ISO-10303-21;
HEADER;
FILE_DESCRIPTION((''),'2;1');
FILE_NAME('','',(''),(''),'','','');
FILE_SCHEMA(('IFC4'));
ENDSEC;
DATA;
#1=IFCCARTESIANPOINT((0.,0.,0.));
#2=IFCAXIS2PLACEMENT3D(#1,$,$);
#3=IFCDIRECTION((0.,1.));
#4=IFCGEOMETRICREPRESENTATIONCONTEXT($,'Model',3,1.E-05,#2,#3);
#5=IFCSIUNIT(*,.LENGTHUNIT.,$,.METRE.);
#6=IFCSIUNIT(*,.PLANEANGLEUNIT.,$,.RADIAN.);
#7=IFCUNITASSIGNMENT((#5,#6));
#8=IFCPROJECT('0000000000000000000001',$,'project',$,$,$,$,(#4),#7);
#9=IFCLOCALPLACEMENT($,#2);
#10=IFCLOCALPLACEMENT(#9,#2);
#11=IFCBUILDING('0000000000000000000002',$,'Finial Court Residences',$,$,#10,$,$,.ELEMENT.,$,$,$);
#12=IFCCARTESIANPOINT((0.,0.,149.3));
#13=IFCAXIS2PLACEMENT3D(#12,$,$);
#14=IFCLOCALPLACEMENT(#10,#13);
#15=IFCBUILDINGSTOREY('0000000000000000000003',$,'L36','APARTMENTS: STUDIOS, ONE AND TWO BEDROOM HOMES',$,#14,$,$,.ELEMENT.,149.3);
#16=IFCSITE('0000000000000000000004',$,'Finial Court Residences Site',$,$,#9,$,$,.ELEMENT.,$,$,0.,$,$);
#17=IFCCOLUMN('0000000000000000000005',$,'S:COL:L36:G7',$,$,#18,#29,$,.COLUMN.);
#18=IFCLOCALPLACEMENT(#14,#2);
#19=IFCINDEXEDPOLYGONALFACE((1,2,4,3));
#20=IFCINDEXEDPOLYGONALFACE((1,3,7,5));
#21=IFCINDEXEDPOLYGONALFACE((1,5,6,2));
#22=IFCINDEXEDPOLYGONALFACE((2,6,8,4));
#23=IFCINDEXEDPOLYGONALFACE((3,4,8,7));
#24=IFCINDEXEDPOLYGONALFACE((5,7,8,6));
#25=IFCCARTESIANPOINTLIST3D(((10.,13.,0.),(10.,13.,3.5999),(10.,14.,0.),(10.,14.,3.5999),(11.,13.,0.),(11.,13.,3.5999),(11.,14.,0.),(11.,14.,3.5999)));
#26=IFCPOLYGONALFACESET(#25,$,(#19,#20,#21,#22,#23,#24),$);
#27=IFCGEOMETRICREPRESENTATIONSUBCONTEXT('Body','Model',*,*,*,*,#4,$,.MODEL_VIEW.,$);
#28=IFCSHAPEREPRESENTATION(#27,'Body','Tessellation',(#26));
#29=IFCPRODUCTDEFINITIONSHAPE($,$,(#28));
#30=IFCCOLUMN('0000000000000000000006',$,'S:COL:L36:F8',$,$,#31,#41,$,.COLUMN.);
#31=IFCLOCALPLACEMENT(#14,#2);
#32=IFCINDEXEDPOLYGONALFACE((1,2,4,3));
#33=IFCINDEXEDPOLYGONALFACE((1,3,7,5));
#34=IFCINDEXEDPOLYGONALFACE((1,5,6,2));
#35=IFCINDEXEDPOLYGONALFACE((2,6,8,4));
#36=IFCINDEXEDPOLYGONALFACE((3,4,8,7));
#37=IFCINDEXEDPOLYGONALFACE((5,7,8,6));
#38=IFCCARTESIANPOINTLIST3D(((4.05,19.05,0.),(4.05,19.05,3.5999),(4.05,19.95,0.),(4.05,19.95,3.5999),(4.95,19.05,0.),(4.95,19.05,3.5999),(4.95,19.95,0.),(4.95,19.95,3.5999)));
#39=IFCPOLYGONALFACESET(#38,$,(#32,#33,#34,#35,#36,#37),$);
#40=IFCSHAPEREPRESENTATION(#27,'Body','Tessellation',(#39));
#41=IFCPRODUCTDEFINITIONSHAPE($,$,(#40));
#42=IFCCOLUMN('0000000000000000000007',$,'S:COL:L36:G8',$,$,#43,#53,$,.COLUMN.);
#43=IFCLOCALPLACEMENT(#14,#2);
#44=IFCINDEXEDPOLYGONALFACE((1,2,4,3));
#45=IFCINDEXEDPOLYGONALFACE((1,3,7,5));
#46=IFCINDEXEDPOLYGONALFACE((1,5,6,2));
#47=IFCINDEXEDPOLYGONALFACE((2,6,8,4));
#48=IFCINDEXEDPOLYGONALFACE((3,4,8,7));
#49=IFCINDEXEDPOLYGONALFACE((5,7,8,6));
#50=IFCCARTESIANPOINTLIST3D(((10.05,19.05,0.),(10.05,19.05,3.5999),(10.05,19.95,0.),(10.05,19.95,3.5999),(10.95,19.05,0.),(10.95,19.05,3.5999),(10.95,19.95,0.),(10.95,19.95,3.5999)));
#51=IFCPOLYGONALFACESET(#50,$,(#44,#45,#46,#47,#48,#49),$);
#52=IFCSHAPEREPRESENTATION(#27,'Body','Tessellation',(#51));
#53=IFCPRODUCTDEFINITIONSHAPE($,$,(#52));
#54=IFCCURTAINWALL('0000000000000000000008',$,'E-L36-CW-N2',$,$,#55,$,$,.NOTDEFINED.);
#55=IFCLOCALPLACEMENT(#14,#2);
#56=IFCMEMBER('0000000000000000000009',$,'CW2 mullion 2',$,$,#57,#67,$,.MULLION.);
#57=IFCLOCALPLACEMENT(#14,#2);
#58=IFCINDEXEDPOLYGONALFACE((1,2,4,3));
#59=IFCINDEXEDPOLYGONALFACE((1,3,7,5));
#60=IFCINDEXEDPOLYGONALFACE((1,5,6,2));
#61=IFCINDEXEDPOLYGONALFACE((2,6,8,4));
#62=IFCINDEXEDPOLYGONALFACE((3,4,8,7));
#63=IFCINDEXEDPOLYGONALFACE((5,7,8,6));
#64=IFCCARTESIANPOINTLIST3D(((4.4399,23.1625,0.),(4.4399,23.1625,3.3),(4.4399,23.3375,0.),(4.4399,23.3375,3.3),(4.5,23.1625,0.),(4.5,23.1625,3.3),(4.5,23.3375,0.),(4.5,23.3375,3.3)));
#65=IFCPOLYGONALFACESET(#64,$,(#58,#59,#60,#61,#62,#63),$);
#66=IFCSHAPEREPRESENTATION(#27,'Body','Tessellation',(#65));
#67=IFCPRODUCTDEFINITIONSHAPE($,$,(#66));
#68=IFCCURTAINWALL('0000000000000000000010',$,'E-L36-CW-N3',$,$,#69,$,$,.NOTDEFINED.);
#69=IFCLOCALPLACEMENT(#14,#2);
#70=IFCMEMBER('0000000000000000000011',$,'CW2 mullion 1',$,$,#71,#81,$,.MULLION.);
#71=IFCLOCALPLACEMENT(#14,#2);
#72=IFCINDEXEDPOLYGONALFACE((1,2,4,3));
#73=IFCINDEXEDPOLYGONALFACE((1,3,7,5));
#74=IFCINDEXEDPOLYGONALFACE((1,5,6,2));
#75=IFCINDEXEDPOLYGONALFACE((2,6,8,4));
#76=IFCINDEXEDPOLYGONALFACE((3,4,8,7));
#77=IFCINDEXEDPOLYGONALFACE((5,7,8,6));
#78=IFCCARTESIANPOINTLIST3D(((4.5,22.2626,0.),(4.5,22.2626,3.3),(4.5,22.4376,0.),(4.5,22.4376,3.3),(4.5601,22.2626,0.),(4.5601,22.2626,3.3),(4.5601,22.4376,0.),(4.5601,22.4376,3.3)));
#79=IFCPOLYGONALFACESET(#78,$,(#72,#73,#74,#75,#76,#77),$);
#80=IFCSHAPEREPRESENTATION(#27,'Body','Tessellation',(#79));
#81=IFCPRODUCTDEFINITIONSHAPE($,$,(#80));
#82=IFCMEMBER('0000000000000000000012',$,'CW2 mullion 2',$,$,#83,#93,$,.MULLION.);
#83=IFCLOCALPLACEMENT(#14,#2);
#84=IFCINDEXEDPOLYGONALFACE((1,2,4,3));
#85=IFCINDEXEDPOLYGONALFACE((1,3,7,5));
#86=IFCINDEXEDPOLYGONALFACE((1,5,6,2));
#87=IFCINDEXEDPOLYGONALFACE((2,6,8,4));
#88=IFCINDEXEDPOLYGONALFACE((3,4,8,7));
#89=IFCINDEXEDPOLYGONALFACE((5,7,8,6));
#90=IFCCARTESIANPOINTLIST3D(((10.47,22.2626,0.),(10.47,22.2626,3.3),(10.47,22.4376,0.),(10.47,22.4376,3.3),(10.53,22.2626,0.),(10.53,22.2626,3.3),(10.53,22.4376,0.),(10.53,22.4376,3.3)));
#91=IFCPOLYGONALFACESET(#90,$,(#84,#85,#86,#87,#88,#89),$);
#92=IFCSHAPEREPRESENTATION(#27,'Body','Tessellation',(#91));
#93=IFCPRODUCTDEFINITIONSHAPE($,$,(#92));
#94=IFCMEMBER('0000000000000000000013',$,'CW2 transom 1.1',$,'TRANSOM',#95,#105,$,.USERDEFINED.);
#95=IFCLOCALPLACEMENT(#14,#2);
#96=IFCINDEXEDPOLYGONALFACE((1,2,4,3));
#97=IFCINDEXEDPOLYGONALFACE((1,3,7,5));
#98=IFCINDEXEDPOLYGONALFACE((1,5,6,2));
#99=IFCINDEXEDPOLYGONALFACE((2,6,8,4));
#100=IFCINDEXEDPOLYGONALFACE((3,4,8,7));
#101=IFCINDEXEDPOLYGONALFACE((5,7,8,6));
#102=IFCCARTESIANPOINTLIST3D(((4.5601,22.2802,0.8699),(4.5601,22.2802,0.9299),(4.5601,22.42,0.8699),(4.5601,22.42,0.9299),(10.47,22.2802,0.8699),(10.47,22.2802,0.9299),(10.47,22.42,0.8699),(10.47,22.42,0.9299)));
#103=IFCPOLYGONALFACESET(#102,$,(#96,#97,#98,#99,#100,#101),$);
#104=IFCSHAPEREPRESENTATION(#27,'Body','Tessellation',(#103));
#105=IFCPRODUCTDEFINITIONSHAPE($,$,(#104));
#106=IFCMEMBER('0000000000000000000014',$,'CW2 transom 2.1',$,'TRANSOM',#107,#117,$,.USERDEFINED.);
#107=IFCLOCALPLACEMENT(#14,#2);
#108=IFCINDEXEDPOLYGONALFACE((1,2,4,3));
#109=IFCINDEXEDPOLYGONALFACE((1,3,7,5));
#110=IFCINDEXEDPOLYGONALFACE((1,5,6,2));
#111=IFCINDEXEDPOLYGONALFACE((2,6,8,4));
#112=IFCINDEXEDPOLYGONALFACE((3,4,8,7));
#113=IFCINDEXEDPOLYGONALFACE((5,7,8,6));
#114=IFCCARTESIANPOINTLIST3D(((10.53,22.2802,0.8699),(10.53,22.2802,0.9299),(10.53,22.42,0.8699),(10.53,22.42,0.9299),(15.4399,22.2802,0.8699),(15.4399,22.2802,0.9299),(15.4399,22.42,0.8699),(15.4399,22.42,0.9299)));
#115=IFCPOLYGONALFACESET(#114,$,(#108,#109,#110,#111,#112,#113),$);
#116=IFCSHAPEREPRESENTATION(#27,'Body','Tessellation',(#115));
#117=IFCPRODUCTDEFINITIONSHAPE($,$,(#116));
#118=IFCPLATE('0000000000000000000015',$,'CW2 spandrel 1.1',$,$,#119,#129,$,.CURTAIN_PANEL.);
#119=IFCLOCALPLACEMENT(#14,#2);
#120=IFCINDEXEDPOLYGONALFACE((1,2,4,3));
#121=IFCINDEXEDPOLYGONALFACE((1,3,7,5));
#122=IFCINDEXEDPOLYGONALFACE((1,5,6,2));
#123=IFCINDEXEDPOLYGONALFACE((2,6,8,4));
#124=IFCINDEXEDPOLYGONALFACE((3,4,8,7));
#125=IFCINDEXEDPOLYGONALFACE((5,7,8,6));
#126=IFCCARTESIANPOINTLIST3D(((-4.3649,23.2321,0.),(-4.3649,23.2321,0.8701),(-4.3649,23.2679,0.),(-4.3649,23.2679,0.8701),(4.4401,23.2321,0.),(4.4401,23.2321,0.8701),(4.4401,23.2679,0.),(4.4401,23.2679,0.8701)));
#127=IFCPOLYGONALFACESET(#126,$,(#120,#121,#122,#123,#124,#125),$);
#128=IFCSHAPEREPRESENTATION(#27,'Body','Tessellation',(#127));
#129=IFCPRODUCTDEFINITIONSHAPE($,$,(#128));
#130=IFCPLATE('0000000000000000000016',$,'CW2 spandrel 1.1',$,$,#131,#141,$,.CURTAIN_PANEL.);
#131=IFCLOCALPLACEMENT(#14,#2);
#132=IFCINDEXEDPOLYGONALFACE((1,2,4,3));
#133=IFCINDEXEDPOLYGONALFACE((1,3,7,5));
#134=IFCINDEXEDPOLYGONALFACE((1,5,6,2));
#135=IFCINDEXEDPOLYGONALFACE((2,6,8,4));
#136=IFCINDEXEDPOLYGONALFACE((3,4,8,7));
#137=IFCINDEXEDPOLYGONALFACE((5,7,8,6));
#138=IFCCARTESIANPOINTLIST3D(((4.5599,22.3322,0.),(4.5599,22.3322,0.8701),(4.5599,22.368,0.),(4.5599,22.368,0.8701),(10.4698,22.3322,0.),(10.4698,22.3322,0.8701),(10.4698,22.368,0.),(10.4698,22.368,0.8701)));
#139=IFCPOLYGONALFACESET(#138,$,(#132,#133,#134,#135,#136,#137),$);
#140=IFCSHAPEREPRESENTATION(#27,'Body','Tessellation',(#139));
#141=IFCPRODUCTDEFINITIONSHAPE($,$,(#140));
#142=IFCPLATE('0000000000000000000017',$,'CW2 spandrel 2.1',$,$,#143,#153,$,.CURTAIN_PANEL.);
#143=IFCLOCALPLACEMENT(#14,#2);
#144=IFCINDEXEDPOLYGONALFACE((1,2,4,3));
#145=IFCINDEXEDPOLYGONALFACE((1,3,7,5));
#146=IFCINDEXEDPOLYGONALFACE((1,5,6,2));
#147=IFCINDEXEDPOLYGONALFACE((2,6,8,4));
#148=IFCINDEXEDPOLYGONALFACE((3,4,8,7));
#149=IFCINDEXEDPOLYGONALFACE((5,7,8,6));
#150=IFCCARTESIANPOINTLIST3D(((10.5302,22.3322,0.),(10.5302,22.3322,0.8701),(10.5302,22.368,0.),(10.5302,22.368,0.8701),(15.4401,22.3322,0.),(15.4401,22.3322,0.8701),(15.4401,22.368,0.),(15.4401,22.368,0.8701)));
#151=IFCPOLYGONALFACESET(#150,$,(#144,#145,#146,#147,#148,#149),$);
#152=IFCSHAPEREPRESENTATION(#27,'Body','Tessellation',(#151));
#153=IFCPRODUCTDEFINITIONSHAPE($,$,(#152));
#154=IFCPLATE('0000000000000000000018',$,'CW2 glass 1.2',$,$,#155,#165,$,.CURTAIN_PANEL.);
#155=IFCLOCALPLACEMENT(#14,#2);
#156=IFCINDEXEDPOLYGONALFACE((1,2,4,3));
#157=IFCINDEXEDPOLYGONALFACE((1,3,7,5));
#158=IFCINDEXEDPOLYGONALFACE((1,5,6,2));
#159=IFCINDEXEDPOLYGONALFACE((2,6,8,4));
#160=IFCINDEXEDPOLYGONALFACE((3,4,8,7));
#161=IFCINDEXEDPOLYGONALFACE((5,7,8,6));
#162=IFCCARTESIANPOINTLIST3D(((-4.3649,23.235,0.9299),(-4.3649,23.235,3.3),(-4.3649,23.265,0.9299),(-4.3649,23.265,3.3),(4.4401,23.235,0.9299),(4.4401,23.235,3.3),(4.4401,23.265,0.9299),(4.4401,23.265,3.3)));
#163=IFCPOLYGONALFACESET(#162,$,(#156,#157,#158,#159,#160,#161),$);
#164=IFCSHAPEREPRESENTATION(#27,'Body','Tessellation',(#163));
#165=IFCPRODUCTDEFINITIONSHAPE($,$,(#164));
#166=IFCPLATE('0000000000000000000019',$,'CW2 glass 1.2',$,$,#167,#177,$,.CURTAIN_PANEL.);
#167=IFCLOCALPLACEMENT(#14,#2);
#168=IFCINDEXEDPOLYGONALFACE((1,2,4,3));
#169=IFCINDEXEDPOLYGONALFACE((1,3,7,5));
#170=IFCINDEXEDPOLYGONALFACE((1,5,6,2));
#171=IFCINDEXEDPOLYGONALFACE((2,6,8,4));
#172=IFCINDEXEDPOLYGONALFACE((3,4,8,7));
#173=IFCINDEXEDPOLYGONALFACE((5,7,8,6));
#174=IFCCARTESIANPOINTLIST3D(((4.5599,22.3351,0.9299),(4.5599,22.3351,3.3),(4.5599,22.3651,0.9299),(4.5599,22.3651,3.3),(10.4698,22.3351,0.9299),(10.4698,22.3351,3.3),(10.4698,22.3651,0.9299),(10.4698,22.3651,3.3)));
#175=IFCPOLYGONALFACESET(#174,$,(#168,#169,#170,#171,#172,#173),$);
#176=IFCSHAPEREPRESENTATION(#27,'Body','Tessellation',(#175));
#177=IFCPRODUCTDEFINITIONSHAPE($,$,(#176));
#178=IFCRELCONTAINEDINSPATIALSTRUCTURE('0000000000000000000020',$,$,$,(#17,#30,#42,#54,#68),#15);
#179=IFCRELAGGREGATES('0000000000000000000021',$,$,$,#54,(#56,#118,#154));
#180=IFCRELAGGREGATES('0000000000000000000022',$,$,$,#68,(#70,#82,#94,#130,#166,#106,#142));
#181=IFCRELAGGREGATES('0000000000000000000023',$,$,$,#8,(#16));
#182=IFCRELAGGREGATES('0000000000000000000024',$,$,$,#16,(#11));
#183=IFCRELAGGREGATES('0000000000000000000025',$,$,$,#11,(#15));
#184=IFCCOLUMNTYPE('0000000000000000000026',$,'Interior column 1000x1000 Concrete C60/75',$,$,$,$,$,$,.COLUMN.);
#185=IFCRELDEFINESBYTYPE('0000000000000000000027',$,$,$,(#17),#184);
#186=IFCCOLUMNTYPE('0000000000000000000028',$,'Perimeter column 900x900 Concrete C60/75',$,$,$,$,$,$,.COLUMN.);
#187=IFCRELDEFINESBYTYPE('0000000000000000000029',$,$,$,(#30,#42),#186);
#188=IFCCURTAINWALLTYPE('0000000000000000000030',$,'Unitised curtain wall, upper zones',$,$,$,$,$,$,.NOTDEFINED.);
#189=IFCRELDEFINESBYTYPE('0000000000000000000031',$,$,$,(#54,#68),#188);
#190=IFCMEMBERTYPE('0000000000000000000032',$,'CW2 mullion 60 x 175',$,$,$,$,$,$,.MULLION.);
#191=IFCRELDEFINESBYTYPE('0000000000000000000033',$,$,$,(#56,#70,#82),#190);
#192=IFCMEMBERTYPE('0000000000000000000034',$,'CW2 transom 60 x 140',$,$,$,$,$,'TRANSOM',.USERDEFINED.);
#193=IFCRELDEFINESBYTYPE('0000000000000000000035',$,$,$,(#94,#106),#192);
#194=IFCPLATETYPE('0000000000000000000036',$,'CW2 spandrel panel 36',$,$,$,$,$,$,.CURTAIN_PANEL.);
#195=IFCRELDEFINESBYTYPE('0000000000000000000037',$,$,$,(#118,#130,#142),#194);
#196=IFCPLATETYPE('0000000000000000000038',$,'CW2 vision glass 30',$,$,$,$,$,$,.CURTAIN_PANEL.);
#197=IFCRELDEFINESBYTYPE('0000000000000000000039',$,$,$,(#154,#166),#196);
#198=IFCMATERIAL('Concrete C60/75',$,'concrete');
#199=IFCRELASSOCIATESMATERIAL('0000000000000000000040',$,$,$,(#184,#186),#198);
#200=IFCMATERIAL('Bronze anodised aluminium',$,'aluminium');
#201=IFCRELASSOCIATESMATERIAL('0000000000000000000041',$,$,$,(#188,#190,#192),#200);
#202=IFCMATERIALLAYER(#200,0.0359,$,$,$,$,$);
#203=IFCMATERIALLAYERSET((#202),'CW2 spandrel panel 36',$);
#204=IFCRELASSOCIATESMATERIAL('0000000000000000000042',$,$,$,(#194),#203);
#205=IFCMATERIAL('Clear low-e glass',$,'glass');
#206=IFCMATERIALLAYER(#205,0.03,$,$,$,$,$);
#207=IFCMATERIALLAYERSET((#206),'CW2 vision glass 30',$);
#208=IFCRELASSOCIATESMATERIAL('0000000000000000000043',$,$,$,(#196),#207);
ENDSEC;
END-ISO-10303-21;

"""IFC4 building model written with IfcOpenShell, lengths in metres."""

from ifc_helpers import new_model, si_unit, direction, frame, origin, origin_2d, place, context, subcontext, project, spatial, rectangle, extrude, material, layer, layer_set, material_profile, profile_set, type_object, element, aggregate, save


model = new_model("IFC4")

# Units and contexts
model_context = context("Model", 3, precision=1e-05, world=origin(), true_north=direction((0.0, 1.0)))
body_context = subcontext(model_context, "Body", "Model", "MODEL_VIEW")
ifc_project = project(units=[si_unit("LENGTHUNIT", "METRE"), si_unit("PLANEANGLEUNIT", "RADIAN")], contexts=[model_context])

# Site, building, storey
site_placement = place(None, origin())
site = spatial("IfcSite", under=ifc_project, at=site_placement, Name="Finial Court Residences Site", CompositionType="ELEMENT", RefElevation=0.0)
building_placement = place(site_placement, origin())
building = spatial("IfcBuilding", under=site, at=building_placement, Name="Finial Court Residences", CompositionType="ELEMENT")
storey_placement = place(building_placement, frame((0.0, 0.0, 149.3)))
storey = spatial("IfcBuildingStorey", under=building, at=storey_placement, Name="L36", Description="APARTMENTS: STUDIOS, ONE AND TWO BEDROOM HOMES", CompositionType="ELEMENT", Elevation=149.3)

# Columns
ifc_material_1 = material(Name="Concrete C60/75", Category="concrete")
ifc_material_profile_1 = material_profile(ifc_material_1, rectangle(XDim=1.0, YDim=1.0, at=origin_2d()), Name="1000x1000")
ifc_profile_set_1 = profile_set([ifc_material_profile_1], Name="Concrete C60/75")
column_type_1 = type_object("IfcColumnType", Name="Interior column 1000x1000 Concrete C60/75", PredefinedType="COLUMN", material=ifc_profile_set_1)
column_placement = place(storey_placement, frame((10.5, 13.5, 0.0), z_axis=(0.0, 0.0, 1.0), x_axis=(1.0, 0.0, 0.0)))
element("IfcColumn", 1, at=column_placement, inside=storey, type_object=column_type_1, Name="S:COL:L36:G7", PredefinedType="COLUMN", context=body_context, shape_type="SweptSolid", body=[
    extrude(rectangle(XDim=1.0, YDim=1.0, at=origin_2d()), origin(), (0.0, 0.0, 1.0), 3.5999),
])
ifc_material_profile_2 = material_profile(ifc_material_1, rectangle(XDim=0.8999, YDim=0.8999, at=origin_2d()), Name="900x900")
ifc_profile_set_2 = profile_set([ifc_material_profile_2], Name="Concrete C60/75")
column_type_2 = type_object("IfcColumnType", Name="Perimeter column 900x900 Concrete C60/75", PredefinedType="COLUMN", material=ifc_profile_set_2)
for number, where, z_axis, x_axis, name in (
    (2, (4.5, 19.5, 0.0), (0.0, 0.0, 1.0), (1.0, 0.0, 0.0), "S:COL:L36:F8"),
    (3, (10.5, 19.5, 0.0), (0.0, 0.0, 1.0), (1.0, 0.0, 0.0), "S:COL:L36:G8"),
):
    element("IfcColumn", number, at=place(storey_placement, frame(where, z_axis=z_axis, x_axis=x_axis)), inside=storey, type_object=column_type_2, Name=name, PredefinedType="COLUMN", context=body_context, shape_type="SweptSolid", body=[
        extrude(rectangle(XDim=0.8999, YDim=0.8999, at=origin_2d()), origin(), (0.0, 0.0, 1.0), 3.5999),
    ])

# Curtain wall, member
ifc_material_2 = material(Name="Bronze anodised aluminium", Category="aluminium")
curtain_wall_type = type_object("IfcCurtainWallType", Name="Unitised curtain wall, upper zones", PredefinedType="NOTDEFINED", material=ifc_material_2)
curtain_wall_1_placement = place(storey_placement, origin())
curtain_wall_1 = element("IfcCurtainWall", 4, at=curtain_wall_1_placement, inside=storey, type_object=curtain_wall_type, Name="E-L36-CW-N2", PredefinedType="NOTDEFINED")
ifc_material_profile_3 = material_profile(ifc_material_2, rectangle(XDim=0.175, YDim=0.0601, at=origin_2d()), Name="CW2 mullion 60 x 175")
ifc_profile_set_3 = profile_set([ifc_material_profile_3], Name="Bronze anodised aluminium")
member_type_1 = type_object("IfcMemberType", Name="CW2 mullion 60 x 175", PredefinedType="MULLION", material=ifc_profile_set_3)
member_1_placement = place(storey_placement, frame((4.47, 23.25, 0.0), z_axis=(0.0, 0.0, 1.0), x_axis=(0.0, 1.0, 0.0)))
member_1 = element("IfcMember", 5, at=member_1_placement, type_object=member_type_1, Name="CW2 mullion 2", PredefinedType="MULLION", context=body_context, shape_type="SweptSolid", body=[
    extrude(rectangle(XDim=0.175, YDim=0.0601, at=origin_2d()), origin(), (0.0, 0.0, 1.0), 3.3),
])

# Curtain wall, members
curtain_wall_2_placement = place(storey_placement, origin())
curtain_wall_2 = element("IfcCurtainWall", 6, at=curtain_wall_2_placement, inside=storey, type_object=curtain_wall_type, Name="E-L36-CW-N3", PredefinedType="NOTDEFINED")
member_2_placement = place(storey_placement, frame((4.53, 22.3501, 0.0), z_axis=(0.0, 0.0, 1.0), x_axis=(0.0, 1.0, 0.0)))
member_2 = element("IfcMember", 7, at=member_2_placement, type_object=member_type_1, Name="CW2 mullion 1", PredefinedType="MULLION", context=body_context, shape_type="SweptSolid", body=[
    extrude(rectangle(XDim=0.175, YDim=0.0601, at=origin_2d()), origin(), (0.0, 0.0, 1.0), 3.3),
])
member_3_placement = place(storey_placement, frame((10.5, 22.3501, 0.0), z_axis=(0.0, 0.0, 1.0), x_axis=(0.0, 1.0, 0.0)))
member_3 = element("IfcMember", 8, at=member_3_placement, type_object=member_type_1, Name="CW2 mullion 2", PredefinedType="MULLION", context=body_context, shape_type="SweptSolid", body=[
    extrude(rectangle(XDim=0.175, YDim=0.0601, at=origin_2d()), origin(), (0.0, 0.0, 1.0), 3.3),
])
ifc_material_profile_4 = material_profile(ifc_material_2, rectangle(XDim=0.1399, YDim=0.0601, at=origin_2d()), Name="CW2 transom 60 x 140")
ifc_profile_set_4 = profile_set([ifc_material_profile_4], Name="Bronze anodised aluminium")
member_type_2 = type_object("IfcMemberType", Name="CW2 transom 60 x 140", ElementType="TRANSOM", PredefinedType="USERDEFINED", material=ifc_profile_set_4)
member_4_placement = place(storey_placement, frame((4.5601, 22.3501, 0.8999), z_axis=(1.0, 0.0, 0.0), x_axis=(0.0, 1.0, 0.0)))
member_4 = element("IfcMember", 9, at=member_4_placement, type_object=member_type_2, Name="CW2 transom 1.1", ObjectType="TRANSOM", PredefinedType="USERDEFINED", context=body_context, shape_type="SweptSolid", body=[
    extrude(rectangle(XDim=0.1399, YDim=0.0601, at=origin_2d()), origin(), (0.0, 0.0, 1.0), 5.9099),
])
member_5_placement = place(storey_placement, frame((10.53, 22.3501, 0.8999), z_axis=(1.0, 0.0, 0.0), x_axis=(0.0, 1.0, 0.0)))
member_5 = element("IfcMember", 10, at=member_5_placement, type_object=member_type_2, Name="CW2 transom 2.1", ObjectType="TRANSOM", PredefinedType="USERDEFINED", context=body_context, shape_type="SweptSolid", body=[
    extrude(rectangle(XDim=0.1399, YDim=0.0601, at=origin_2d()), origin(), (0.0, 0.0, 1.0), 4.9099),
])

# Plates
ifc_layer_1 = layer(ifc_material_2, 0.0359)
ifc_layer_set_1 = layer_set([ifc_layer_1], Name="CW2 spandrel panel 36")
plate_type_1 = type_object("IfcPlateType", Name="CW2 spandrel panel 36", PredefinedType="CURTAIN_PANEL", material=ifc_layer_set_1)
plate_1_placement = place(storey_placement, frame((0.0376, 23.25, 0.0), z_axis=(0.0, 0.0, 1.0), x_axis=(1.0, 0.0, 0.0)))
plate_1 = element("IfcPlate", 11, at=plate_1_placement, type_object=plate_type_1, Name="CW2 spandrel 1.1", PredefinedType="CURTAIN_PANEL", context=body_context, shape_type="SweptSolid", body=[
    extrude(rectangle(XDim=8.8049, YDim=0.0359, at=origin_2d()), origin(), (0.0, 0.0, 1.0), 0.8701),
])
plate_2_placement = place(storey_placement, frame((7.5149, 22.3501, 0.0), z_axis=(0.0, 0.0, 1.0), x_axis=(1.0, 0.0, 0.0)))
plate_2 = element("IfcPlate", 12, at=plate_2_placement, type_object=plate_type_1, Name="CW2 spandrel 1.1", PredefinedType="CURTAIN_PANEL", context=body_context, shape_type="SweptSolid", body=[
    extrude(rectangle(XDim=5.9099, YDim=0.0359, at=origin_2d()), origin(), (0.0, 0.0, 1.0), 0.8701),
])
plate_3_placement = place(storey_placement, frame((12.9851, 22.3501, 0.0), z_axis=(0.0, 0.0, 1.0), x_axis=(1.0, 0.0, 0.0)))
plate_3 = element("IfcPlate", 13, at=plate_3_placement, type_object=plate_type_1, Name="CW2 spandrel 2.1", PredefinedType="CURTAIN_PANEL", context=body_context, shape_type="SweptSolid", body=[
    extrude(rectangle(XDim=4.9099, YDim=0.0359, at=origin_2d()), origin(), (0.0, 0.0, 1.0), 0.8701),
])
ifc_material_3 = material(Name="Clear low-e glass", Category="glass")
ifc_layer_2 = layer(ifc_material_3, 0.03)
ifc_layer_set_2 = layer_set([ifc_layer_2], Name="CW2 vision glass 30")
plate_type_2 = type_object("IfcPlateType", Name="CW2 vision glass 30", PredefinedType="CURTAIN_PANEL", material=ifc_layer_set_2)
plate_4_placement = place(storey_placement, frame((0.0376, 23.25, 0.9299), z_axis=(0.0, 0.0, 1.0), x_axis=(1.0, 0.0, 0.0)))
plate_4 = element("IfcPlate", 14, at=plate_4_placement, type_object=plate_type_2, Name="CW2 glass 1.2", PredefinedType="CURTAIN_PANEL", context=body_context, shape_type="SweptSolid", body=[
    extrude(rectangle(XDim=8.8049, YDim=0.03, at=origin_2d()), origin(), (0.0, 0.0, 1.0), 2.3701),
])
aggregate(curtain_wall_1, [member_1, plate_1, plate_4])
plate_5_placement = place(storey_placement, frame((7.5149, 22.3501, 0.9299), z_axis=(0.0, 0.0, 1.0), x_axis=(1.0, 0.0, 0.0)))
plate_5 = element("IfcPlate", 15, at=plate_5_placement, type_object=plate_type_2, Name="CW2 glass 1.2", PredefinedType="CURTAIN_PANEL", context=body_context, shape_type="SweptSolid", body=[
    extrude(rectangle(XDim=5.9099, YDim=0.03, at=origin_2d()), origin(), (0.0, 0.0, 1.0), 2.3701),
])
aggregate(curtain_wall_2, [member_2, member_3, member_4, plate_2, plate_5, member_5, plate_3])

save(model, "model.ifc")
